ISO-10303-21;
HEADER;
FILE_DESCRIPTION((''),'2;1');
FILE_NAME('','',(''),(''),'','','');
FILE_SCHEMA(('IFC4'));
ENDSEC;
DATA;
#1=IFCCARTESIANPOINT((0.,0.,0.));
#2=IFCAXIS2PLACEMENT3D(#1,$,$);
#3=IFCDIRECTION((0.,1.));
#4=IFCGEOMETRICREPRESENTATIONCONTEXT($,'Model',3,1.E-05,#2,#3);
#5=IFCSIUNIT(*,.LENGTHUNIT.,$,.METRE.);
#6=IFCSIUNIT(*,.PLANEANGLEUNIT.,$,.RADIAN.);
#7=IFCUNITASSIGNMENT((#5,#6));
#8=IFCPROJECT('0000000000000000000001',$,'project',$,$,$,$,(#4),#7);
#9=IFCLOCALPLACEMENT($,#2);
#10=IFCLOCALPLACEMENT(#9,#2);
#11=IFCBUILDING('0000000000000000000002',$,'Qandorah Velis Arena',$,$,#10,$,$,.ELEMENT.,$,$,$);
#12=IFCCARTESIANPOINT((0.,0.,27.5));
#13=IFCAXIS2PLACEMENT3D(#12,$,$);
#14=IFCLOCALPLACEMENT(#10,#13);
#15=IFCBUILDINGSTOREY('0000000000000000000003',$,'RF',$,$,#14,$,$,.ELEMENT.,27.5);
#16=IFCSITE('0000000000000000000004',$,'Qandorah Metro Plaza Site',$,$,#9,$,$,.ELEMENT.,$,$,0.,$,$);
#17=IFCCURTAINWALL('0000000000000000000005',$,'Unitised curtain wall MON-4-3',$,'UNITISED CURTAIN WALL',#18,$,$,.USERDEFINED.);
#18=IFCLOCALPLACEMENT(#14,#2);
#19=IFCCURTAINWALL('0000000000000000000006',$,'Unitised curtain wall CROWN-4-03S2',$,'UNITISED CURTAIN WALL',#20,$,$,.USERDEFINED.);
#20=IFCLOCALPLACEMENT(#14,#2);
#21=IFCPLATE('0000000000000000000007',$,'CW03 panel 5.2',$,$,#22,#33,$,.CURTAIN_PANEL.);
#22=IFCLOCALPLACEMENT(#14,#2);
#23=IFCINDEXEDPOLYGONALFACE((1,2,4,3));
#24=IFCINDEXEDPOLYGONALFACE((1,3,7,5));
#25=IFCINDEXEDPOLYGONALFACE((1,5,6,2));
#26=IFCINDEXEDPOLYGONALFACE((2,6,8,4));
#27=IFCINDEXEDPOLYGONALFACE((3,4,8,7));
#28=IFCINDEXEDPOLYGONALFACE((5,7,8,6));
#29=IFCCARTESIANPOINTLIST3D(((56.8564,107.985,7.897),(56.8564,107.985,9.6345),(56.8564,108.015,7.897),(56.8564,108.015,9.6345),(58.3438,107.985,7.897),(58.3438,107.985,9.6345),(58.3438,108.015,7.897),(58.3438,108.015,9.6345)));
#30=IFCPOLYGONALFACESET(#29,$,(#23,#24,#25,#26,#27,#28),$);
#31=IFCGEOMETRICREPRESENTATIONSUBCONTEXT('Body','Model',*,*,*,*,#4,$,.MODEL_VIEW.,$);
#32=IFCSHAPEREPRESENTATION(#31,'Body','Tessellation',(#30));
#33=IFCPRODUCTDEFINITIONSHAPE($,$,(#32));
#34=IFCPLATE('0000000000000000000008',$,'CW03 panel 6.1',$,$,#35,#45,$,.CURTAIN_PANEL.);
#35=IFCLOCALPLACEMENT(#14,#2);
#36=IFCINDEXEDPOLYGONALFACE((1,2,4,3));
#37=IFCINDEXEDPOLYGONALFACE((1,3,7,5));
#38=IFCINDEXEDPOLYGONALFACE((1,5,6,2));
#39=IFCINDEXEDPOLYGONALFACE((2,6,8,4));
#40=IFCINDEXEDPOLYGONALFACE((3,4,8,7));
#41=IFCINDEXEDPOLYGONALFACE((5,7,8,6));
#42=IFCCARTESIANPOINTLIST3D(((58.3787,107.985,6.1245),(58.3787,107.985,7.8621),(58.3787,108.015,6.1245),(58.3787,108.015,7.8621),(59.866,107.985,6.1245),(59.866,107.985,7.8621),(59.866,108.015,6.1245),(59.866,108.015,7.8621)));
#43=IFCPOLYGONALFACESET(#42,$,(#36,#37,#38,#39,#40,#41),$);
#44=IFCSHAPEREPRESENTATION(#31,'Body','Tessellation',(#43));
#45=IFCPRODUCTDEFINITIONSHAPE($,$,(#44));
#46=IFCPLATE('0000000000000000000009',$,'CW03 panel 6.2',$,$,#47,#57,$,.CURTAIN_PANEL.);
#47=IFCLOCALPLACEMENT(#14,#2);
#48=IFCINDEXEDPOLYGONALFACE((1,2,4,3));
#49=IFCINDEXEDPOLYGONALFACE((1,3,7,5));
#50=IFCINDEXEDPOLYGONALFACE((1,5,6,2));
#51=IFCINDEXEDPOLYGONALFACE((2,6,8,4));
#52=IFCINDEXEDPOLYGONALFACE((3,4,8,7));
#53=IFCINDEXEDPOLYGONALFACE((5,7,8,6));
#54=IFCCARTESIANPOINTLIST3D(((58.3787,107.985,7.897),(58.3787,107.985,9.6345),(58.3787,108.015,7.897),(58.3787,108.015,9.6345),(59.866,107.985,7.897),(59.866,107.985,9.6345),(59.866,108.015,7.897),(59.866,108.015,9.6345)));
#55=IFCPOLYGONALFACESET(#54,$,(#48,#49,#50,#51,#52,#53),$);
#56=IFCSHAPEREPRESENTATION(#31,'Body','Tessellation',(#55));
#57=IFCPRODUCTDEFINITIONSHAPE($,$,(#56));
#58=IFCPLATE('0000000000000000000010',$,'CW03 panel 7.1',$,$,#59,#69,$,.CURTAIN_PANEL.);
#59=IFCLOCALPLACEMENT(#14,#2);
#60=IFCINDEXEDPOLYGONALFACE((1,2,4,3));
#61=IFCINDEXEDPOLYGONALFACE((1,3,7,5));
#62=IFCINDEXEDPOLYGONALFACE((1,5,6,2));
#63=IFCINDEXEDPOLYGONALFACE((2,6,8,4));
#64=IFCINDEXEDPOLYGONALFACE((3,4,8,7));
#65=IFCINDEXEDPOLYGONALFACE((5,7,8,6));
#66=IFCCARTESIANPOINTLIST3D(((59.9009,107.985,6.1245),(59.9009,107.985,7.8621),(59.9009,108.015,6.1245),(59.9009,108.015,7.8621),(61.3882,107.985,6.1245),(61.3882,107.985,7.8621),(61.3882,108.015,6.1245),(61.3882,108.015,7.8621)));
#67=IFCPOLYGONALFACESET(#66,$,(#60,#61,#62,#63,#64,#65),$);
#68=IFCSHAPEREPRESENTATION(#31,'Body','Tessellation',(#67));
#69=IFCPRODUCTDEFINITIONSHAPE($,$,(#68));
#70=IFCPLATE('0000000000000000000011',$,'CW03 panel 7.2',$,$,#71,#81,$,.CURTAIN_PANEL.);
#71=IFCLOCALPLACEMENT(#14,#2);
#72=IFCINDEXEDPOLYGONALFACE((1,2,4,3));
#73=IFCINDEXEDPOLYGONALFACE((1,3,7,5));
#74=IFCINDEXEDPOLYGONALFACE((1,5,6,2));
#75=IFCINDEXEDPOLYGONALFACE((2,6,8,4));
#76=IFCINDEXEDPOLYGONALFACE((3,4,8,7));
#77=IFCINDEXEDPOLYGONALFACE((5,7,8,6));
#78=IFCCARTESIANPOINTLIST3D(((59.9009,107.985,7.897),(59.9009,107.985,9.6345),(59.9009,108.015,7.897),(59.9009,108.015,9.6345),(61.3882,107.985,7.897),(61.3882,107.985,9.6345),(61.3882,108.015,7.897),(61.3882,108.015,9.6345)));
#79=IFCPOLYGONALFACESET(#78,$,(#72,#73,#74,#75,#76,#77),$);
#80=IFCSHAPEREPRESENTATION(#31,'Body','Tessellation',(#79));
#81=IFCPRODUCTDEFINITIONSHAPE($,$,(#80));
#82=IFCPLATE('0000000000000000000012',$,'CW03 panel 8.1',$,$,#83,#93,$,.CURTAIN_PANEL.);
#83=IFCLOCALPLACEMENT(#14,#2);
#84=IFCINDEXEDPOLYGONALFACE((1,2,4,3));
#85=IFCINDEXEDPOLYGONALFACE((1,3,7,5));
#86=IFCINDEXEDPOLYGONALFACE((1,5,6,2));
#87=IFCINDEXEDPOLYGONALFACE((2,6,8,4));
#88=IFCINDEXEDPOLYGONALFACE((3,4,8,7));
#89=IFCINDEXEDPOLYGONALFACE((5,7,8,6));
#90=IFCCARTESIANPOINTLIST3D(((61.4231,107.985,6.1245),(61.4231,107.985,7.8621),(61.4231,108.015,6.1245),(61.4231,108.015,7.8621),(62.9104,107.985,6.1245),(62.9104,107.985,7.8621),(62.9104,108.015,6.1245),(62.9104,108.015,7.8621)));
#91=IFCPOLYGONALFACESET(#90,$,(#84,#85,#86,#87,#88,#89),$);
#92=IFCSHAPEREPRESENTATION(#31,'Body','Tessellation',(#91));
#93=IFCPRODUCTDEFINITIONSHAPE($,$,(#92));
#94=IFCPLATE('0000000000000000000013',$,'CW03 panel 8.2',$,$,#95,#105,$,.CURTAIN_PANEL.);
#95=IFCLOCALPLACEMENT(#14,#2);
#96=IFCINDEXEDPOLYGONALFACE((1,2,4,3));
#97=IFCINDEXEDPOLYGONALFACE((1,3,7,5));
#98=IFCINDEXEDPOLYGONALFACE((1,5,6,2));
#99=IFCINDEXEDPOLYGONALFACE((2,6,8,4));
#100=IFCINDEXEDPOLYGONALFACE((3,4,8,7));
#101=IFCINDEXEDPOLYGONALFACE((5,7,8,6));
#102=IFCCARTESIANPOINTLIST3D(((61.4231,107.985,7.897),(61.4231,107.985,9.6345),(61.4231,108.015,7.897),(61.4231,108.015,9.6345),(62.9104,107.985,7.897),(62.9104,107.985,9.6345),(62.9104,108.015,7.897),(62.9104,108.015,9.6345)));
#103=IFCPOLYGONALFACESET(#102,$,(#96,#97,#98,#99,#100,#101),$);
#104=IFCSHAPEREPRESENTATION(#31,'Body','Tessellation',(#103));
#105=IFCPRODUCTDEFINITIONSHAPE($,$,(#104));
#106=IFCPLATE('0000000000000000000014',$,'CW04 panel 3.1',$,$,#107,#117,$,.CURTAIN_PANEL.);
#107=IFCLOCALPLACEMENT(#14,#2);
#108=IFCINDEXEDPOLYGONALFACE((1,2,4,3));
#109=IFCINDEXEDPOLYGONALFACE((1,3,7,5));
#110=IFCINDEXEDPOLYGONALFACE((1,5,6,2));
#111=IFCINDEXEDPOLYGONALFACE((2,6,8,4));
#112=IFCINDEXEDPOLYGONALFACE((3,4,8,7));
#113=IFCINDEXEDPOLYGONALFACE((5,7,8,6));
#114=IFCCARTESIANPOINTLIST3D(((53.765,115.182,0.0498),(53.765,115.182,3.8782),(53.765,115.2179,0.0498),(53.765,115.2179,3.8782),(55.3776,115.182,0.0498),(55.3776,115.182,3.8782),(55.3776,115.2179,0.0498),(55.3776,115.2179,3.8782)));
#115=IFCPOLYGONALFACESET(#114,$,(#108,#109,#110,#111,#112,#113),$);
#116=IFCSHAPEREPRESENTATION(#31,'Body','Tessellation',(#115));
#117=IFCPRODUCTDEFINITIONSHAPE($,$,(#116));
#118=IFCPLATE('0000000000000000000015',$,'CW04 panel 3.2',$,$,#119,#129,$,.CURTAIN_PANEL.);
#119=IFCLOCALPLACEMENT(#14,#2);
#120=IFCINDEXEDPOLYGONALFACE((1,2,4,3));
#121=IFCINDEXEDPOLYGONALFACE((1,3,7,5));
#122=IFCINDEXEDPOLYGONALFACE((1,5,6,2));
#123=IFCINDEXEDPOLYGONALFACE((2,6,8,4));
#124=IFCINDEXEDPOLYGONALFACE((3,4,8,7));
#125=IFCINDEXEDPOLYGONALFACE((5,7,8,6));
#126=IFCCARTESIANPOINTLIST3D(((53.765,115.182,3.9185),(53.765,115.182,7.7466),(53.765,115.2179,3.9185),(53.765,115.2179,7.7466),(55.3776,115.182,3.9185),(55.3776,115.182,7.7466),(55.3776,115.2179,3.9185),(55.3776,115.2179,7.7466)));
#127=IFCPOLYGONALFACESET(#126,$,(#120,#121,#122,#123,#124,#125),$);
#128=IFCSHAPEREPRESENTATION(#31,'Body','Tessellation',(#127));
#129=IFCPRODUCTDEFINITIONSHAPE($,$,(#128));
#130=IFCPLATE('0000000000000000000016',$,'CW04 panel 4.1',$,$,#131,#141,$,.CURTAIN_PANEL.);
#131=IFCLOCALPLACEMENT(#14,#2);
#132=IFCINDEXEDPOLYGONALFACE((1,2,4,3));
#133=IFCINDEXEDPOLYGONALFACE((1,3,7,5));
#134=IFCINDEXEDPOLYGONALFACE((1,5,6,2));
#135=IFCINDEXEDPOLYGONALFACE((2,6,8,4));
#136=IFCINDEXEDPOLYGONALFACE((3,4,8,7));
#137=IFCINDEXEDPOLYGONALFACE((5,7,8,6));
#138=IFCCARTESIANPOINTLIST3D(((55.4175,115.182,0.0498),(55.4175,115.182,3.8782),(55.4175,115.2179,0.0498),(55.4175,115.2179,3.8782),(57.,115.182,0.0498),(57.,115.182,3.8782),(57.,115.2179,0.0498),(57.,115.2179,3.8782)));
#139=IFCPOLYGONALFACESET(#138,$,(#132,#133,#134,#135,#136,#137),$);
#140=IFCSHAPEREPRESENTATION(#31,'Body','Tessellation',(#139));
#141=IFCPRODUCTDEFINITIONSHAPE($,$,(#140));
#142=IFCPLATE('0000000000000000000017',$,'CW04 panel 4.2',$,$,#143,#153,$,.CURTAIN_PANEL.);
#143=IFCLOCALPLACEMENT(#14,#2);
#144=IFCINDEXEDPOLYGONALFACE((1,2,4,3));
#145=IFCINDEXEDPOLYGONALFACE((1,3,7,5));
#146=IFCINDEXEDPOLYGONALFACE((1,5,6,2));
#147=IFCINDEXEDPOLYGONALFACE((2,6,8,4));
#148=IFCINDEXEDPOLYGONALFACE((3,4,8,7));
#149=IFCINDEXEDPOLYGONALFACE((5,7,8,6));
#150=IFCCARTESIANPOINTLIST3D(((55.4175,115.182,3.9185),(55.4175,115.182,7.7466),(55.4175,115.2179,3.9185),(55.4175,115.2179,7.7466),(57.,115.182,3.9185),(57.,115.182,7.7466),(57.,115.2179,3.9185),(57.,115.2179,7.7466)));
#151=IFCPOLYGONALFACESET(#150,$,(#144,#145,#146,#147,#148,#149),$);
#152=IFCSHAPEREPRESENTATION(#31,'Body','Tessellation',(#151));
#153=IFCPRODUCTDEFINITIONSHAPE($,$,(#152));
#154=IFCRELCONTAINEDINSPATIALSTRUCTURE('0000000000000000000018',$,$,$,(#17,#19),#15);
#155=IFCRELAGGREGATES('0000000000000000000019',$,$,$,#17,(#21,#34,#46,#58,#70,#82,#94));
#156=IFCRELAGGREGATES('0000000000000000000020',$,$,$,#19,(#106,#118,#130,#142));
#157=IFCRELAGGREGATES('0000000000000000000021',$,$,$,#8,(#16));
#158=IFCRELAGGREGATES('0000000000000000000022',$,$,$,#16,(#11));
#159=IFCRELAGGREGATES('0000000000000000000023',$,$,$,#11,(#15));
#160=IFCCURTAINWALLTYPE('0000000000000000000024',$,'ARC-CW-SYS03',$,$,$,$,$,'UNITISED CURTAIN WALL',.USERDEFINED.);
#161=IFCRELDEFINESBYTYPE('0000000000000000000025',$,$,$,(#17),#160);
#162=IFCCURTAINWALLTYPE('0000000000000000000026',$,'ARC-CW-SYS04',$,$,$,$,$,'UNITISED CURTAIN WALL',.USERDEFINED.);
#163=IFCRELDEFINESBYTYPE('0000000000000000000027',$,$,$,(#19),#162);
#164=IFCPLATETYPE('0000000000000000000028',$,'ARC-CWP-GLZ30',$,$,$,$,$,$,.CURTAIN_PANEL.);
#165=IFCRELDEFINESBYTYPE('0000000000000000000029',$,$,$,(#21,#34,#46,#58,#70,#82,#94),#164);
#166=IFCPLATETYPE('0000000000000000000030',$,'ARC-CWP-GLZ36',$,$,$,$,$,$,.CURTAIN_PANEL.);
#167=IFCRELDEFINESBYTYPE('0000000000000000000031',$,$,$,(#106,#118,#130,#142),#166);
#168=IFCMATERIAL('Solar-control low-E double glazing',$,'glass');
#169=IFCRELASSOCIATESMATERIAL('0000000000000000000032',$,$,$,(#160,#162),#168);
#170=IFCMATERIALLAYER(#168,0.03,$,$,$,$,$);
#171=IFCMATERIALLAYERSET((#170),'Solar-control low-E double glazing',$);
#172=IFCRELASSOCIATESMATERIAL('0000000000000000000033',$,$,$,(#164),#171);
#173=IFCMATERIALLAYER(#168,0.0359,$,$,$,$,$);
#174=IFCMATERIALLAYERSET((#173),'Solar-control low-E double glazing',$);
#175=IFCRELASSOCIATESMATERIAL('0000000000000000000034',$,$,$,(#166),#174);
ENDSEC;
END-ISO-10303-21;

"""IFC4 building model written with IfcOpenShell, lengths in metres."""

from ifc_helpers import new_model, si_unit, direction, frame, origin, origin_2d, place, context, subcontext, project, spatial, rectangle, extrude, material, layer, layer_set, type_object, element, aggregate, save


model = new_model("IFC4")

# Units and contexts
model_context = context("Model", 3, precision=1e-05, world=origin(), true_north=direction((0.0, 1.0)))
body_context = subcontext(model_context, "Body", "Model", "MODEL_VIEW")
ifc_project = project(units=[si_unit("LENGTHUNIT", "METRE"), si_unit("PLANEANGLEUNIT", "RADIAN")], contexts=[model_context])

# Site, building, storey
site_placement = place(None, origin())
site = spatial("IfcSite", under=ifc_project, at=site_placement, Name="Qandorah Metro Plaza Site", CompositionType="ELEMENT", RefElevation=0.0)
building_placement = place(site_placement, origin())
building = spatial("IfcBuilding", under=site, at=building_placement, Name="Qandorah Velis Arena", CompositionType="ELEMENT")
storey_placement = place(building_placement, frame((0.0, 0.0, 27.5)))
storey = spatial("IfcBuildingStorey", under=building, at=storey_placement, Name="RF", CompositionType="ELEMENT", Elevation=27.5)

# Curtain walls
ifc_material_1 = material(Name="Solar-control low-E double glazing", Category="glass")
curtain_wall_type_1 = type_object("IfcCurtainWallType", Name="ARC-CW-SYS03", ElementType="UNITISED CURTAIN WALL", PredefinedType="USERDEFINED", material=ifc_material_1)
curtain_wall_1_placement = place(storey_placement, origin())
curtain_wall_1 = element("IfcCurtainWall", 1, at=curtain_wall_1_placement, inside=storey, type_object=curtain_wall_type_1, Name="Unitised curtain wall MON-4-3", ObjectType="UNITISED CURTAIN WALL", PredefinedType="USERDEFINED")
curtain_wall_type_2 = type_object("IfcCurtainWallType", Name="ARC-CW-SYS04", ElementType="UNITISED CURTAIN WALL", PredefinedType="USERDEFINED", material=ifc_material_1)
curtain_wall_2_placement = place(storey_placement, origin())
curtain_wall_2 = element("IfcCurtainWall", 2, at=curtain_wall_2_placement, inside=storey, type_object=curtain_wall_type_2, Name="Unitised curtain wall CROWN-4-03S2", ObjectType="UNITISED CURTAIN WALL", PredefinedType="USERDEFINED")

# Plates
ifc_layer_1 = layer(ifc_material_1, 0.03)
ifc_layer_set_1 = layer_set([ifc_layer_1], Name="Solar-control low-E double glazing")
plate_type_1 = type_object("IfcPlateType", Name="ARC-CWP-GLZ30", PredefinedType="CURTAIN_PANEL", material=ifc_layer_set_1)
plate_1_placement = place(storey_placement, frame((57.6001, 108.0, 7.897), z_axis=(0.0, 0.0, 1.0), x_axis=(1.0, 0.0, 0.0)))
plate_1 = element("IfcPlate", 3, at=plate_1_placement, type_object=plate_type_1, Name="CW03 panel 5.2", PredefinedType="CURTAIN_PANEL", context=body_context, shape_type="SweptSolid", body=[
    extrude(rectangle(XDim=1.4873, YDim=0.03, at=origin_2d()), origin(), (0.0, 0.0, 1.0), 1.7375),
])
plate_2_placement = place(storey_placement, frame((59.1223, 108.0, 6.1245), z_axis=(0.0, 0.0, 1.0), x_axis=(1.0, 0.0, 0.0)))
plate_2 = element("IfcPlate", 4, at=plate_2_placement, type_object=plate_type_1, Name="CW03 panel 6.1", PredefinedType="CURTAIN_PANEL", context=body_context, shape_type="SweptSolid", body=[
    extrude(rectangle(XDim=1.4873, YDim=0.03, at=origin_2d()), origin(), (0.0, 0.0, 1.0), 1.7375),
])
plate_3_placement = place(storey_placement, frame((59.1223, 108.0, 7.897), z_axis=(0.0, 0.0, 1.0), x_axis=(1.0, 0.0, 0.0)))
plate_3 = element("IfcPlate", 5, at=plate_3_placement, type_object=plate_type_1, Name="CW03 panel 6.2", PredefinedType="CURTAIN_PANEL", context=body_context, shape_type="SweptSolid", body=[
    extrude(rectangle(XDim=1.4873, YDim=0.03, at=origin_2d()), origin(), (0.0, 0.0, 1.0), 1.7375),
])
plate_4_placement = place(storey_placement, frame((60.6445, 108.0, 6.1245), z_axis=(0.0, 0.0, 1.0), x_axis=(1.0, 0.0, 0.0)))
plate_4 = element("IfcPlate", 6, at=plate_4_placement, type_object=plate_type_1, Name="CW03 panel 7.1", PredefinedType="CURTAIN_PANEL", context=body_context, shape_type="SweptSolid", body=[
    extrude(rectangle(XDim=1.4873, YDim=0.03, at=origin_2d()), origin(), (0.0, 0.0, 1.0), 1.7375),
])
plate_5_placement = place(storey_placement, frame((60.6445, 108.0, 7.897), z_axis=(0.0, 0.0, 1.0), x_axis=(1.0, 0.0, 0.0)))
plate_5 = element("IfcPlate", 7, at=plate_5_placement, type_object=plate_type_1, Name="CW03 panel 7.2", PredefinedType="CURTAIN_PANEL", context=body_context, shape_type="SweptSolid", body=[
    extrude(rectangle(XDim=1.4873, YDim=0.03, at=origin_2d()), origin(), (0.0, 0.0, 1.0), 1.7375),
])
plate_6_placement = place(storey_placement, frame((62.1667, 108.0, 6.1245), z_axis=(0.0, 0.0, 1.0), x_axis=(1.0, 0.0, 0.0)))
plate_6 = element("IfcPlate", 8, at=plate_6_placement, type_object=plate_type_1, Name="CW03 panel 8.1", PredefinedType="CURTAIN_PANEL", context=body_context, shape_type="SweptSolid", body=[
    extrude(rectangle(XDim=1.4873, YDim=0.03, at=origin_2d()), origin(), (0.0, 0.0, 1.0), 1.7375),
])
plate_7_placement = place(storey_placement, frame((62.1667, 108.0, 7.897), z_axis=(0.0, 0.0, 1.0), x_axis=(1.0, 0.0, 0.0)))
plate_7 = element("IfcPlate", 9, at=plate_7_placement, type_object=plate_type_1, Name="CW03 panel 8.2", PredefinedType="CURTAIN_PANEL", context=body_context, shape_type="SweptSolid", body=[
    extrude(rectangle(XDim=1.4873, YDim=0.03, at=origin_2d()), origin(), (0.0, 0.0, 1.0), 1.7375),
])
aggregate(curtain_wall_1, [plate_1, plate_2, plate_3, plate_4, plate_5, plate_6, plate_7])
ifc_layer_2 = layer(ifc_material_1, 0.0359)
ifc_layer_set_2 = layer_set([ifc_layer_2], Name="Solar-control low-E double glazing")
plate_type_2 = type_object("IfcPlateType", Name="ARC-CWP-GLZ36", PredefinedType="CURTAIN_PANEL", material=ifc_layer_set_2)
plate_8_placement = place(storey_placement, frame((54.5713, 115.2, 0.0498), z_axis=(0.0, 0.0, 1.0), x_axis=(1.0, 0.0, 0.0)))
plate_8 = element("IfcPlate", 10, at=plate_8_placement, type_object=plate_type_2, Name="CW04 panel 3.1", PredefinedType="CURTAIN_PANEL", context=body_context, shape_type="SweptSolid", body=[
    extrude(rectangle(XDim=1.6125, YDim=0.0359, at=origin_2d()), origin(), (0.0, 0.0, 1.0), 3.8284),
])
plate_9_placement = place(storey_placement, frame((54.5713, 115.2, 3.9185), z_axis=(0.0, 0.0, 1.0), x_axis=(1.0, 0.0, 0.0)))
plate_9 = element("IfcPlate", 11, at=plate_9_placement, type_object=plate_type_2, Name="CW04 panel 3.2", PredefinedType="CURTAIN_PANEL", context=body_context, shape_type="SweptSolid", body=[
    extrude(rectangle(XDim=1.6125, YDim=0.0359, at=origin_2d()), origin(), (0.0, 0.0, 1.0), 3.8281),
])
plate_10_placement = place(storey_placement, frame((56.2087, 115.2, 0.0498), z_axis=(0.0, 0.0, 1.0), x_axis=(1.0, 0.0, 0.0)))
plate_10 = element("IfcPlate", 12, at=plate_10_placement, type_object=plate_type_2, Name="CW04 panel 4.1", PredefinedType="CURTAIN_PANEL", context=body_context, shape_type="SweptSolid", body=[
    extrude(rectangle(XDim=1.5825, YDim=0.0359, at=origin_2d()), origin(), (0.0, 0.0, 1.0), 3.8284),
])
plate_11_placement = place(storey_placement, frame((56.2087, 115.2, 3.9185), z_axis=(0.0, 0.0, 1.0), x_axis=(1.0, 0.0, 0.0)))
plate_11 = element("IfcPlate", 13, at=plate_11_placement, type_object=plate_type_2, Name="CW04 panel 4.2", PredefinedType="CURTAIN_PANEL", context=body_context, shape_type="SweptSolid", body=[
    extrude(rectangle(XDim=1.5825, YDim=0.0359, at=origin_2d()), origin(), (0.0, 0.0, 1.0), 3.8281),
])
aggregate(curtain_wall_2, [plate_8, plate_9, plate_10, plate_11])

save(model, "model.ifc")
